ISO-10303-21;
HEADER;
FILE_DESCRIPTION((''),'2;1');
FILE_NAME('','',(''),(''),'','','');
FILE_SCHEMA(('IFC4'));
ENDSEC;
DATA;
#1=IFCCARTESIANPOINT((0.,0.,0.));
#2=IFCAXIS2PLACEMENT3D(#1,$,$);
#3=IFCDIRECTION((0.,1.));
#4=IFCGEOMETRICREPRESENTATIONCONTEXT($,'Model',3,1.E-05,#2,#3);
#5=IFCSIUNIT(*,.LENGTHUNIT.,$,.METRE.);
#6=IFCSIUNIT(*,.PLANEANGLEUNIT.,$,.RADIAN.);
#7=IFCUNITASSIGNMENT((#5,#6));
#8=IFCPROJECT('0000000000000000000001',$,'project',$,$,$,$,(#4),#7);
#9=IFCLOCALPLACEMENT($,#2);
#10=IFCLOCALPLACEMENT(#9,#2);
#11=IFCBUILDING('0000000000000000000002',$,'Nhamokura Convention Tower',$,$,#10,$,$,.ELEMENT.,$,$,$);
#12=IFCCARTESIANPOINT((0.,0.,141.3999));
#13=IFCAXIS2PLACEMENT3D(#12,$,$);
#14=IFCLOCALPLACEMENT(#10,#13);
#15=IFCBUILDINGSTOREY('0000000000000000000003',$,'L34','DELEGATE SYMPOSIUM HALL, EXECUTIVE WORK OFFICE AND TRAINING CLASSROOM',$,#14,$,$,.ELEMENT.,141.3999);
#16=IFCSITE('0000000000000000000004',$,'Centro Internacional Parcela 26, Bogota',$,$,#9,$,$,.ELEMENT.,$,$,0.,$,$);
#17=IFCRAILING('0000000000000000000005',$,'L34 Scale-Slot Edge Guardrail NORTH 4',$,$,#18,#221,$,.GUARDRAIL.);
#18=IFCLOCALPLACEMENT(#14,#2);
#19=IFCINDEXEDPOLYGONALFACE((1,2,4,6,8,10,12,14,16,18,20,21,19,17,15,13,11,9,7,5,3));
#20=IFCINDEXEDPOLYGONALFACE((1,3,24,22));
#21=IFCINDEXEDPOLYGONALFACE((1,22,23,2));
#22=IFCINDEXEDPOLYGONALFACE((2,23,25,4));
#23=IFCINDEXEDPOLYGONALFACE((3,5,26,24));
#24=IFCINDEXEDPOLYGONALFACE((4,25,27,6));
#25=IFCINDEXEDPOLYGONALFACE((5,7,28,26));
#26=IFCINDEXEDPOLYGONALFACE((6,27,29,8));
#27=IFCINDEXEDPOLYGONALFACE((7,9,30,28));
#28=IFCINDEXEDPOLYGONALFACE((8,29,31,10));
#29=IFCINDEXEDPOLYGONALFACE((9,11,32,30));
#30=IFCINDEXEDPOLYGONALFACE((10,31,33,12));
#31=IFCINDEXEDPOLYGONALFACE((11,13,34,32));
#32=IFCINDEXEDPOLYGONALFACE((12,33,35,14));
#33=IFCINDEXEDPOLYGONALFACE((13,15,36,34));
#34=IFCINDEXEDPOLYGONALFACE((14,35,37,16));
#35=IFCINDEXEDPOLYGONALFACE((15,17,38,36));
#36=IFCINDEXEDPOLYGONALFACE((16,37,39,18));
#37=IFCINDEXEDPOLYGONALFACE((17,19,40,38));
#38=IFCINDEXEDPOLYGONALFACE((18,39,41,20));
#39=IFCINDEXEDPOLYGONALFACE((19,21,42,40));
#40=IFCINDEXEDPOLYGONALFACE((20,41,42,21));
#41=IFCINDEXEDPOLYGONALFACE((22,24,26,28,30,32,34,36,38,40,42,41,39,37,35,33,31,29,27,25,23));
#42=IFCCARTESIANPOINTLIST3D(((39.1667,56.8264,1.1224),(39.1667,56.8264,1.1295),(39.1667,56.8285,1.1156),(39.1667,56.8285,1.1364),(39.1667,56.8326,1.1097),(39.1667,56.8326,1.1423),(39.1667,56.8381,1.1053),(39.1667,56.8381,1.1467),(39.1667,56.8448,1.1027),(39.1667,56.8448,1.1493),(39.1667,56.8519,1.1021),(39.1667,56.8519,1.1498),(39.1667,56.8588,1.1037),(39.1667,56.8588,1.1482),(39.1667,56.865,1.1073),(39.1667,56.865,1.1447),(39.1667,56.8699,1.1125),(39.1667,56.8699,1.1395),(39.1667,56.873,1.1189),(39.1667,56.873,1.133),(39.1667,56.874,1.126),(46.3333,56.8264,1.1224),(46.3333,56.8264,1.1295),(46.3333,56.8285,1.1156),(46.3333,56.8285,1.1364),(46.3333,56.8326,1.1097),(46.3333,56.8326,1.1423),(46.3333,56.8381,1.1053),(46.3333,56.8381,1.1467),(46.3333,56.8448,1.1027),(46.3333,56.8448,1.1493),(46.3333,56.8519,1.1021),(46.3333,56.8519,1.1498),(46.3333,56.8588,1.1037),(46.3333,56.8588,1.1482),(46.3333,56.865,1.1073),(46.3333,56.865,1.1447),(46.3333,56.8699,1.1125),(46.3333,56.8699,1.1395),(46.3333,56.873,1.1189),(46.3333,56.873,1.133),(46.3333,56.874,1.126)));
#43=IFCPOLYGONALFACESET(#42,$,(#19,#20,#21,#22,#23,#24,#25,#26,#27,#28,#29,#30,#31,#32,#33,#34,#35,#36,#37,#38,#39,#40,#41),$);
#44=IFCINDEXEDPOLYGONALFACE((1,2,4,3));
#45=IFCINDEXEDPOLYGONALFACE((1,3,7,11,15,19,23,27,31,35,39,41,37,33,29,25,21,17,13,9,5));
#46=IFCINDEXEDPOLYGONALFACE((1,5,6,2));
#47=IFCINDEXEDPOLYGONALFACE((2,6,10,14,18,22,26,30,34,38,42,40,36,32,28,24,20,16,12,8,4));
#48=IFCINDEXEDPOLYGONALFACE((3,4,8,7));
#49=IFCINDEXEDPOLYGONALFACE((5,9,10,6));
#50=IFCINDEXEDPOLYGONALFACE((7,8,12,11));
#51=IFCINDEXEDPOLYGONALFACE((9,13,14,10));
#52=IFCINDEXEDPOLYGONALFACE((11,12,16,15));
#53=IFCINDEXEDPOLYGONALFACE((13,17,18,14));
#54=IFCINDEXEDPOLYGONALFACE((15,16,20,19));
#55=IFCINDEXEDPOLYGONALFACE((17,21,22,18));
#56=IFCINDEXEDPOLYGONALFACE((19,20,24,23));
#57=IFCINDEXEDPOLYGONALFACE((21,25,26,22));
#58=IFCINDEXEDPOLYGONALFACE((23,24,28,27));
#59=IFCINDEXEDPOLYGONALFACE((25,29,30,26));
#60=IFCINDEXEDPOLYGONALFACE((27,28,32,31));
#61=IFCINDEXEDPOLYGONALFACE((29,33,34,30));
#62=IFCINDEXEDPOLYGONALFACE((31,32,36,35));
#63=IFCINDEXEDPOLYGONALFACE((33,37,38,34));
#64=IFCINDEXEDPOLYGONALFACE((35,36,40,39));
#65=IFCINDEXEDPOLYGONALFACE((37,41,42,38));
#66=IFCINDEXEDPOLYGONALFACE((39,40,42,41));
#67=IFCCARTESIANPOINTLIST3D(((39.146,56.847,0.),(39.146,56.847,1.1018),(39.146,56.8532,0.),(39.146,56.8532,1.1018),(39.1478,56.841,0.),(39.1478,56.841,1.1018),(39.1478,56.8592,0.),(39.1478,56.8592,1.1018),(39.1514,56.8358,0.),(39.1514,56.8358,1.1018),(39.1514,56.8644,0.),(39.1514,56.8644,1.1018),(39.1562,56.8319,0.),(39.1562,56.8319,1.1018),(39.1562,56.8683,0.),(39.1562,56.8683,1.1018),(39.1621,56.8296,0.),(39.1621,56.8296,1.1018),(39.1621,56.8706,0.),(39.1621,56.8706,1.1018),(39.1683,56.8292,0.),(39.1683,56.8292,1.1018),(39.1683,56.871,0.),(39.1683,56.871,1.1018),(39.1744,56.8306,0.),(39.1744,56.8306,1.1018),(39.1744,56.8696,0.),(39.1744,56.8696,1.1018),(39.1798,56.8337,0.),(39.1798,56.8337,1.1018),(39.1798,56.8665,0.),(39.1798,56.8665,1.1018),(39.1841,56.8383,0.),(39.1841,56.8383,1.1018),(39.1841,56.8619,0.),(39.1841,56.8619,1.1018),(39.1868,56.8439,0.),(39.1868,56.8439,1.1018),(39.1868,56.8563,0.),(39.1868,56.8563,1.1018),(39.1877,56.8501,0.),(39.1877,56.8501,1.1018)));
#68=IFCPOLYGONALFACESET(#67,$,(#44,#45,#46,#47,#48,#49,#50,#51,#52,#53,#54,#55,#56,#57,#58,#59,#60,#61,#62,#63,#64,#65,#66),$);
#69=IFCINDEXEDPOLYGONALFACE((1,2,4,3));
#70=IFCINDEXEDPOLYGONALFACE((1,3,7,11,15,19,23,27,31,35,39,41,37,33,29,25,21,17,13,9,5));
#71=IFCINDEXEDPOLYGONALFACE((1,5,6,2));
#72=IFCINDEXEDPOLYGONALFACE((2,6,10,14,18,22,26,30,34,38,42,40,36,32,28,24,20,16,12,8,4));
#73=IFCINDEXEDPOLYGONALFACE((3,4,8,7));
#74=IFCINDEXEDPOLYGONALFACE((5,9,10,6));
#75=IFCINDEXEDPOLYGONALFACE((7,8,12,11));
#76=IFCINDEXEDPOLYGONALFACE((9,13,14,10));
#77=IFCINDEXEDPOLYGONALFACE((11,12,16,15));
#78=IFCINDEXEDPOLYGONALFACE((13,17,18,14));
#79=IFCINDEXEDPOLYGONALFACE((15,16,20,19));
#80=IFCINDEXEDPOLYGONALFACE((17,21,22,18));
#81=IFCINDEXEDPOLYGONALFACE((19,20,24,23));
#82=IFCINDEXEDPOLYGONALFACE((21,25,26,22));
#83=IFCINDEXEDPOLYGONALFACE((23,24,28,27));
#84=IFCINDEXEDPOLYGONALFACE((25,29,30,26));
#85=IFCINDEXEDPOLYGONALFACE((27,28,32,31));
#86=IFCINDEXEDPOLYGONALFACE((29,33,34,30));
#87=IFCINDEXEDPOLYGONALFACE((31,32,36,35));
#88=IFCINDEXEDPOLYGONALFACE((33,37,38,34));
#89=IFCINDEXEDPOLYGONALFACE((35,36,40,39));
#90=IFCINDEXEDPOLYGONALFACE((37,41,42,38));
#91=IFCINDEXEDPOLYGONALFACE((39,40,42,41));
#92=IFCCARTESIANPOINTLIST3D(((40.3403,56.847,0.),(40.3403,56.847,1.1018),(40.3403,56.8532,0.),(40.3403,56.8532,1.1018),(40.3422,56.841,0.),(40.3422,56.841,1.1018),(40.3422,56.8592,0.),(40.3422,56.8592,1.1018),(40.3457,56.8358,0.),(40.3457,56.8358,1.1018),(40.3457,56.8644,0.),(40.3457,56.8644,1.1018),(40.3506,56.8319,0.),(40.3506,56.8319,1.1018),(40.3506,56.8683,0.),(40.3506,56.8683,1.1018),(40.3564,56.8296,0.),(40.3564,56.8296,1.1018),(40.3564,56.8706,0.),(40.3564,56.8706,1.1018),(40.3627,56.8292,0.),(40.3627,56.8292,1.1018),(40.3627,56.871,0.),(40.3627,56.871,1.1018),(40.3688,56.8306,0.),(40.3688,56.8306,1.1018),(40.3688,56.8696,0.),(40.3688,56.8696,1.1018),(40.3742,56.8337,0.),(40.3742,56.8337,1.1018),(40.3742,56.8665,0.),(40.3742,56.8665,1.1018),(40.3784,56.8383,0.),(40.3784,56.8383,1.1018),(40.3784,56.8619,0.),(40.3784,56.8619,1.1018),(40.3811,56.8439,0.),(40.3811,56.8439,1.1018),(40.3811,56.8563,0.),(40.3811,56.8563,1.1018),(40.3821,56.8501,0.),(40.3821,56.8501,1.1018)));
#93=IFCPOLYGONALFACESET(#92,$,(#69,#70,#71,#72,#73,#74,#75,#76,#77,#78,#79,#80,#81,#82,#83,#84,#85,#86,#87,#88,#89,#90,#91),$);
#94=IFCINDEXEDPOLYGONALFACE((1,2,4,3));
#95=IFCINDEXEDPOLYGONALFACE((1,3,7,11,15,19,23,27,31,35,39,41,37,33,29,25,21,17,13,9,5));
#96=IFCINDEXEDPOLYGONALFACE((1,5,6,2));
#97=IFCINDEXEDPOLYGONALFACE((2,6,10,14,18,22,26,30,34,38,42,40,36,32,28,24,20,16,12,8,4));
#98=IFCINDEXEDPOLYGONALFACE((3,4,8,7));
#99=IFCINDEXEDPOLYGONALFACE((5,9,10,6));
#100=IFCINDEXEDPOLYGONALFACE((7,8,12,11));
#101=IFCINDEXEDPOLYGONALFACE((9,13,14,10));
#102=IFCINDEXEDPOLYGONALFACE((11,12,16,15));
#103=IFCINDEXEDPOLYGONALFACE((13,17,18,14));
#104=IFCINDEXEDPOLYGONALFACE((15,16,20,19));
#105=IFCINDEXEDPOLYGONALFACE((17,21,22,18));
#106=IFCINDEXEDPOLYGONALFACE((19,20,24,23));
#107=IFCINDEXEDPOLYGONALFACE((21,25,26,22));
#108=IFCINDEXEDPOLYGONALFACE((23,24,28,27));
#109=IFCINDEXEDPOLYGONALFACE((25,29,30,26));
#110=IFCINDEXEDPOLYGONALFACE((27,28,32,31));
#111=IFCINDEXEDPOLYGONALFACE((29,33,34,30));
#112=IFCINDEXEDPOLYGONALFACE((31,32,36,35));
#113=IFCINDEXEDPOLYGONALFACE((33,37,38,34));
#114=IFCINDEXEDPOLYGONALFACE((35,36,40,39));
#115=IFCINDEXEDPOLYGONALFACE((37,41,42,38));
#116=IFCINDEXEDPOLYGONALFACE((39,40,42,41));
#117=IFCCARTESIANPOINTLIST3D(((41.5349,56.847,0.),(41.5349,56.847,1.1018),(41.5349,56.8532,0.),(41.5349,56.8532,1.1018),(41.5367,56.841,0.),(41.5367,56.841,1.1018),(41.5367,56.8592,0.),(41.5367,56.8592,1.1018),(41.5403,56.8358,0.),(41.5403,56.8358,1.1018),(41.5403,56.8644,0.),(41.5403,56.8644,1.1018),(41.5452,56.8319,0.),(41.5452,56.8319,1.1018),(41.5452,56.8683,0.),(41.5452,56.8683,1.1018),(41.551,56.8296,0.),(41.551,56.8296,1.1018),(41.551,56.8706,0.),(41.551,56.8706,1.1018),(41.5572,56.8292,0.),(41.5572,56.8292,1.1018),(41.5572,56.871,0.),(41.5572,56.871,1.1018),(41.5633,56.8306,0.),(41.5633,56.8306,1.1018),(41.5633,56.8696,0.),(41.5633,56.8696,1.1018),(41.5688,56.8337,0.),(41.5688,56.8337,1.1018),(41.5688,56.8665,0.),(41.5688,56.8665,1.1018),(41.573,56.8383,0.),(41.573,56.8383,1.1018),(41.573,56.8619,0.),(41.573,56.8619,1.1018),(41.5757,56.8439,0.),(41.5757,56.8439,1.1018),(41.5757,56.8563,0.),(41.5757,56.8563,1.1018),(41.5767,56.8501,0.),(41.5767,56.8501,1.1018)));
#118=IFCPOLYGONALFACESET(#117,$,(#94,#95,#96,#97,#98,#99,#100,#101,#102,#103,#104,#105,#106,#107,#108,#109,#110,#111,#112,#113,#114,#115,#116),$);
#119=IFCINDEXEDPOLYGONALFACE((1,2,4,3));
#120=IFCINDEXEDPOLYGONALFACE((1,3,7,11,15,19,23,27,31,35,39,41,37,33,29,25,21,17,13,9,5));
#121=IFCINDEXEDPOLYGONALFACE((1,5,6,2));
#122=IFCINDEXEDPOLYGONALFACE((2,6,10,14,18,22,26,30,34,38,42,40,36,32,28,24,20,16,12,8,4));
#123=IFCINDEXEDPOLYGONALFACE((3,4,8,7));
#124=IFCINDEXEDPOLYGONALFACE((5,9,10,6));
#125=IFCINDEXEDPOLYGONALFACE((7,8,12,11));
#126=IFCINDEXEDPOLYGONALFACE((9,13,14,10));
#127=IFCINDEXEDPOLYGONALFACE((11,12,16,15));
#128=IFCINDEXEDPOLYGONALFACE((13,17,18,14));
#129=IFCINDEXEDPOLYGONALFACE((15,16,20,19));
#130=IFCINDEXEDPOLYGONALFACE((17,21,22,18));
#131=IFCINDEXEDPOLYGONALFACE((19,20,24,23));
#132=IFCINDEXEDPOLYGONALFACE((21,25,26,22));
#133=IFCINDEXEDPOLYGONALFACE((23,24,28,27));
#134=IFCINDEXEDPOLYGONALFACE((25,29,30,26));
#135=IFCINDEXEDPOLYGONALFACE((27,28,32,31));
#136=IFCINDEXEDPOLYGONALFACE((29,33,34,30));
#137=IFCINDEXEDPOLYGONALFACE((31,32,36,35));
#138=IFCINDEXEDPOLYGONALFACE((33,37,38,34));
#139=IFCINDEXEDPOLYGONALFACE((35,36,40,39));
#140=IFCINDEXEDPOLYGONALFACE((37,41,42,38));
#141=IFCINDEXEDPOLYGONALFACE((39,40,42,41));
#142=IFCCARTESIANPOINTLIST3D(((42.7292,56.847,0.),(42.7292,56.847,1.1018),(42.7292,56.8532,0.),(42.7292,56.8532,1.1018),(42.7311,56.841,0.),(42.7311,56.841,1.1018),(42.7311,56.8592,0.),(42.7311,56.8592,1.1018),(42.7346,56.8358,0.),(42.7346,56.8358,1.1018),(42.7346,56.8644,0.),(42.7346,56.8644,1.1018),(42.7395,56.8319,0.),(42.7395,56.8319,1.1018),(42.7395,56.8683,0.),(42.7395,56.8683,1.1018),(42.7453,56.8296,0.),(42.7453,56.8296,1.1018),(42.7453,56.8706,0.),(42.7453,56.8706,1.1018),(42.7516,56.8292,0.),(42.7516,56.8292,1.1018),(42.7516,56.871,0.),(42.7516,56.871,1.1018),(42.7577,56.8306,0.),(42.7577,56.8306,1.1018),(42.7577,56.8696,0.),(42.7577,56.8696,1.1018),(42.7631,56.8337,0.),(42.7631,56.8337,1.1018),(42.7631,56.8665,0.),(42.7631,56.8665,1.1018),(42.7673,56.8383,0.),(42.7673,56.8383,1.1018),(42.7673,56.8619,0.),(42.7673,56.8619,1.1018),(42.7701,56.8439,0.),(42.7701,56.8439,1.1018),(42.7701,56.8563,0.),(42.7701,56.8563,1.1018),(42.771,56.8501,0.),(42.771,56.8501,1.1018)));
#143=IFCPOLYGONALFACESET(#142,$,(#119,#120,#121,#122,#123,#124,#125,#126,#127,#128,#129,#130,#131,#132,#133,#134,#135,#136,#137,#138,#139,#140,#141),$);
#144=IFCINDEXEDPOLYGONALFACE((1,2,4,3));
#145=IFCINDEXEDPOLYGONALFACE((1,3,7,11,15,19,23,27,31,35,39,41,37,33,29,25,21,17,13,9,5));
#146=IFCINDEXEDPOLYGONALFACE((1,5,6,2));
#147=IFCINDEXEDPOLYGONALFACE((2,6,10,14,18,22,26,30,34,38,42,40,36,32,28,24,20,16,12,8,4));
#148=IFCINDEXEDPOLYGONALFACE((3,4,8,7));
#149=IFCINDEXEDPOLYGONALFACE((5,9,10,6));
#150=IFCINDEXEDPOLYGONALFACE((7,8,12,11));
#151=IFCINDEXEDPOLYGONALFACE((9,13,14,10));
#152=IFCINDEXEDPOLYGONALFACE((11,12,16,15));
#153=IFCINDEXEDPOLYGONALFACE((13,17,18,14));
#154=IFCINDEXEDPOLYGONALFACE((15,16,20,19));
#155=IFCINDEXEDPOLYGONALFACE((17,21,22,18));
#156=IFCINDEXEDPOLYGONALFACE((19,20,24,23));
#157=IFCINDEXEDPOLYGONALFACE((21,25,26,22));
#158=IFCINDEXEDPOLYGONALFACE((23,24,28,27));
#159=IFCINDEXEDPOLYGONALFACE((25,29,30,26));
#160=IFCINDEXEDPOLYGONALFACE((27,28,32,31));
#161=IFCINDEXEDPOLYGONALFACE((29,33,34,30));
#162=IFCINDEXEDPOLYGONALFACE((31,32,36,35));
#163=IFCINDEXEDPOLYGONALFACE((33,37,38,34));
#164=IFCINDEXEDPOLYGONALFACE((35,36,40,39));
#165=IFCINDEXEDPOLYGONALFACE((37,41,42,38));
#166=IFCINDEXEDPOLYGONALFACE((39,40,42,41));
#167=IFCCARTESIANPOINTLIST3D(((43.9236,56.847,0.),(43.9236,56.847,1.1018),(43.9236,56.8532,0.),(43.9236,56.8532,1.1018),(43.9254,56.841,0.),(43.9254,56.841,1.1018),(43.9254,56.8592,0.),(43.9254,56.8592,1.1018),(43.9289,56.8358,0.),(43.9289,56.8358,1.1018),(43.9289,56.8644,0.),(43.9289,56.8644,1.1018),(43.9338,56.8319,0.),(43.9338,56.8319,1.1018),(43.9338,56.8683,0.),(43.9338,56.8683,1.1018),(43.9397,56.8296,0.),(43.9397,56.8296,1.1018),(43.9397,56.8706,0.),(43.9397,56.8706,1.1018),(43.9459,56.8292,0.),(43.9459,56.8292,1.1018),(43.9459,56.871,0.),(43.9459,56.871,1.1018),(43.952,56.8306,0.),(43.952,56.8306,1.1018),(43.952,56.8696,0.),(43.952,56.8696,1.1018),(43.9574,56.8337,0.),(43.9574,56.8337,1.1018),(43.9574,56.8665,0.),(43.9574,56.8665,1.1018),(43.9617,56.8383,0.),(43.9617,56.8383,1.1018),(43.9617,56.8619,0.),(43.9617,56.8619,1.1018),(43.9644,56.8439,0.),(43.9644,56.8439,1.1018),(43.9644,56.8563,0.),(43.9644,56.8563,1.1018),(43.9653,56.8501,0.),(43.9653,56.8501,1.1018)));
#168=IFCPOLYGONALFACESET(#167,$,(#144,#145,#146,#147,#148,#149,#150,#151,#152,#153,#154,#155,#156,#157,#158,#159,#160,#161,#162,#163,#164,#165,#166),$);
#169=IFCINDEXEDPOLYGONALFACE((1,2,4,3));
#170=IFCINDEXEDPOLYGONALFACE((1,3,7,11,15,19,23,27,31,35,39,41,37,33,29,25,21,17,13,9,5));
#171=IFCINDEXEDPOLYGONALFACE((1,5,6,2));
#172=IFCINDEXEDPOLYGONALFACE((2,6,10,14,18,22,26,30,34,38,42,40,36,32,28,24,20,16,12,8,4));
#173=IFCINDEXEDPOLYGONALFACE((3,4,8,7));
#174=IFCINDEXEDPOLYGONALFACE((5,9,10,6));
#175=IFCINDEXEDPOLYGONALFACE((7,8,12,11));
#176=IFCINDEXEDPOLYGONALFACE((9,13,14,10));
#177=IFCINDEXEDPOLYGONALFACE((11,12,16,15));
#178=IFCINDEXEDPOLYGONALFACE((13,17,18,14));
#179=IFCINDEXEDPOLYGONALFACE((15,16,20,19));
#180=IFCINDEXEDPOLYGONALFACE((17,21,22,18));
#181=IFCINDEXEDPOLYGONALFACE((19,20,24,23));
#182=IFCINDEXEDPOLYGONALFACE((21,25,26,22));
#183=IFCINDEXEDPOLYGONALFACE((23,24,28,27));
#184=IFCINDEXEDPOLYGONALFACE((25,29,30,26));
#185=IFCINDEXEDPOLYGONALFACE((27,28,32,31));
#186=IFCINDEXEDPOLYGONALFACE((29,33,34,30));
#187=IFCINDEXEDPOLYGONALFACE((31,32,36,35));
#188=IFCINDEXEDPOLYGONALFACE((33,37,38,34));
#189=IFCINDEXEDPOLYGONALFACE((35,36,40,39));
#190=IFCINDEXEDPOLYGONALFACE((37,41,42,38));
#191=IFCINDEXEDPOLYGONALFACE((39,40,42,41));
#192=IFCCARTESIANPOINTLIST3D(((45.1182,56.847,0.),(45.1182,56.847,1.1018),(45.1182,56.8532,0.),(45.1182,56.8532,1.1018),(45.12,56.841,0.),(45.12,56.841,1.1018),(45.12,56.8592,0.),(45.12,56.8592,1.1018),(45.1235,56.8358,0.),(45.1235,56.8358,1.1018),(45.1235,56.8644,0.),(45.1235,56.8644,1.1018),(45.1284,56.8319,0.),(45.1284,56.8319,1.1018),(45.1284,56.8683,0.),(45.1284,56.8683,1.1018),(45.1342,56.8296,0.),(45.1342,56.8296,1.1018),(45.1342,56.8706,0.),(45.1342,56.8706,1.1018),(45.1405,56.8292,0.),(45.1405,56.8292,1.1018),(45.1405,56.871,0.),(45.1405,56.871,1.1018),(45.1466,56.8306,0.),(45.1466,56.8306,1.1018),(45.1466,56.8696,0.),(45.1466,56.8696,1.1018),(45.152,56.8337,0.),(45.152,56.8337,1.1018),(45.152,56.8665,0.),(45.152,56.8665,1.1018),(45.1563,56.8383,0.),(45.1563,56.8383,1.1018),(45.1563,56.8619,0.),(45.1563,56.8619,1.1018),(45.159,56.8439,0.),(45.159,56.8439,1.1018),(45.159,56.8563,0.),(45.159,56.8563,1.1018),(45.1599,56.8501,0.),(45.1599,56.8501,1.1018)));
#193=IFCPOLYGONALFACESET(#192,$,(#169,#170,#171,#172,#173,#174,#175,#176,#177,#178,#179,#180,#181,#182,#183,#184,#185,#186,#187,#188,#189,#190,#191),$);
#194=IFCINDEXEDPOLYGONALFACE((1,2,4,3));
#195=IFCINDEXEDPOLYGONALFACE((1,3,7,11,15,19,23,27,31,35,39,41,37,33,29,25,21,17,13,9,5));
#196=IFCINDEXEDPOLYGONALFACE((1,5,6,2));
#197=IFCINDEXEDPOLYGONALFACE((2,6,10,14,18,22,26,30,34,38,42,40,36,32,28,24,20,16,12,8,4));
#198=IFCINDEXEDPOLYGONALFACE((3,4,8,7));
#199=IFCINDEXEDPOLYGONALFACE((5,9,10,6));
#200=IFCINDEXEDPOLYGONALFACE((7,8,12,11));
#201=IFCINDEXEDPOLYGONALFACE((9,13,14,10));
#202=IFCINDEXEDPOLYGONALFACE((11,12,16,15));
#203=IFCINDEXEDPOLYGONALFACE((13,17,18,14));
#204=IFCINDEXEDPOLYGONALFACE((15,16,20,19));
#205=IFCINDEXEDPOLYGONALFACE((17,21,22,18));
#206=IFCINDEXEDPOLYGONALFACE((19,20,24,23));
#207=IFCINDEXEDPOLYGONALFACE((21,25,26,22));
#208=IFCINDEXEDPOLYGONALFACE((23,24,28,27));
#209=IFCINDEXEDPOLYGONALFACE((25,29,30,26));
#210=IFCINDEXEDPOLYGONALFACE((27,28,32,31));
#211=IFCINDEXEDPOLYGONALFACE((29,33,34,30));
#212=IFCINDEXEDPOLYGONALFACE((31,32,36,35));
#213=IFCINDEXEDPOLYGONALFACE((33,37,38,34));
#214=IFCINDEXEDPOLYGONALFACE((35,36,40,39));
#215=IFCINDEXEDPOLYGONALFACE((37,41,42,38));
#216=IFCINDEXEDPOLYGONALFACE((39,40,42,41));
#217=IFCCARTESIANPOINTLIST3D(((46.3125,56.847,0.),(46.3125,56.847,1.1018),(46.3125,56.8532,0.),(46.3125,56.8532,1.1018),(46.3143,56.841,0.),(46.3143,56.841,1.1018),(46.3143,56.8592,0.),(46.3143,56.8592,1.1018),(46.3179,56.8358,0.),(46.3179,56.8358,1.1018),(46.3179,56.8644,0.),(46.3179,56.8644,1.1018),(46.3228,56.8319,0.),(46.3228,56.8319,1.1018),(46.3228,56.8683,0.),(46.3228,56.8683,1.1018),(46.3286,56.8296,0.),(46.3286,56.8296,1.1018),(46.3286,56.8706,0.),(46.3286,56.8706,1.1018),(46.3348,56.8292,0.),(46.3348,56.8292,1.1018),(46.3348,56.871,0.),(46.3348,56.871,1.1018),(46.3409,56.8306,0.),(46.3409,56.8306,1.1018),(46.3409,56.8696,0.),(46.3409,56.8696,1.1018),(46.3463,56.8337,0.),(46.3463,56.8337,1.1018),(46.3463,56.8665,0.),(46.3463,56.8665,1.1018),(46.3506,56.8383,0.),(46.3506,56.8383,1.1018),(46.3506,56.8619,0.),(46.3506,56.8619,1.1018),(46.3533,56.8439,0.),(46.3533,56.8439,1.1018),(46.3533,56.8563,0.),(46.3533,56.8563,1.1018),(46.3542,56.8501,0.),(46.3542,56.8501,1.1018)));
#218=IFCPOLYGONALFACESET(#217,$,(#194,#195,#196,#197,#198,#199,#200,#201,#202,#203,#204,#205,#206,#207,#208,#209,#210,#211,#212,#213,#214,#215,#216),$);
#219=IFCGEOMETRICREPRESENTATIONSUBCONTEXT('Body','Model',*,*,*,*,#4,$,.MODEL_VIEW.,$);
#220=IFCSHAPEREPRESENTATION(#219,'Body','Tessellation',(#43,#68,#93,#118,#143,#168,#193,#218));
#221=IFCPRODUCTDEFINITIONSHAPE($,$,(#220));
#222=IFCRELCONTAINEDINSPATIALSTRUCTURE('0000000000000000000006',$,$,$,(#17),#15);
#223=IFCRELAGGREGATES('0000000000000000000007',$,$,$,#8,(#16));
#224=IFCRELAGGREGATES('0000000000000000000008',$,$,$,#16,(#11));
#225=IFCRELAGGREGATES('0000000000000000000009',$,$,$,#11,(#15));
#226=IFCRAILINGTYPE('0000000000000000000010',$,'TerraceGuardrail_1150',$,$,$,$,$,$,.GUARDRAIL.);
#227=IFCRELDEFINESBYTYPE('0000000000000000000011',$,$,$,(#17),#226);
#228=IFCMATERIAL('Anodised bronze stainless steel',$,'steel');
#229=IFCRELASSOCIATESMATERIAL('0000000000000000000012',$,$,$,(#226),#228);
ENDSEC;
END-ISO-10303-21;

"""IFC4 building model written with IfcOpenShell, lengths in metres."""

from ifc_helpers import new_model, si_unit, direction, frame, origin, origin_2d, place, context, subcontext, project, spatial, circle, extrude, material, type_object, element, save


model = new_model("IFC4")

# Units and contexts
model_context = context("Model", 3, precision=1e-05, world=origin(), true_north=direction((0.0, 1.0)))
body_context = subcontext(model_context, "Body", "Model", "MODEL_VIEW")
ifc_project = project(units=[si_unit("LENGTHUNIT", "METRE"), si_unit("PLANEANGLEUNIT", "RADIAN")], contexts=[model_context])

# Site, building, storey
site_placement = place(None, origin())
site = spatial("IfcSite", under=ifc_project, at=site_placement, Name="Centro Internacional Parcela 26, Bogota", CompositionType="ELEMENT", RefElevation=0.0)
building_placement = place(site_placement, origin())
building = spatial("IfcBuilding", under=site, at=building_placement, Name="Nhamokura Convention Tower", CompositionType="ELEMENT")
storey_placement = place(building_placement, frame((0.0, 0.0, 141.3999)))
storey = spatial("IfcBuildingStorey", under=building, at=storey_placement, Name="L34", Description="DELEGATE SYMPOSIUM HALL, EXECUTIVE WORK OFFICE AND TRAINING CLASSROOM", CompositionType="ELEMENT", Elevation=141.3999)

# Railing
ifc_material_1 = material(Name="Anodised bronze stainless steel", Category="steel")
railing_type_1 = type_object("IfcRailingType", Name="TerraceGuardrail_1150", PredefinedType="GUARDRAIL", material=ifc_material_1)
railing_1_placement = place(storey_placement, frame((39.1667, 56.8501, 0.0)))
element("IfcRailing", 1, at=railing_1_placement, inside=storey, type_object=railing_type_1, Name="L34 Scale-Slot Edge Guardrail NORTH 4", PredefinedType="GUARDRAIL", context=body_context, shape_type="SweptSolid", body=[
    extrude(circle(Radius=0.0239, at=origin_2d()), frame((0.0, 0.0, 1.126), z_axis=(1.0, 0.0, 0.0), x_axis=(0.0, 1.0, 0.0)), (0.0, 0.0, 1.0), 7.1665),
    extrude(circle(Radius=0.021, at=origin_2d()), origin(), (0.0, 0.0, 1.0), 1.1018),
    extrude(circle(Radius=0.021, at=origin_2d()), frame((1.1943, 0.0, 0.0)), (0.0, 0.0, 1.0), 1.1018),
    extrude(circle(Radius=0.021, at=origin_2d()), frame((2.3889, 0.0, 0.0)), (0.0, 0.0, 1.0), 1.1018),
    extrude(circle(Radius=0.021, at=origin_2d()), frame((3.5833, 0.0, 0.0)), (0.0, 0.0, 1.0), 1.1018),
    extrude(circle(Radius=0.021, at=origin_2d()), frame((4.7776, 0.0, 0.0)), (0.0, 0.0, 1.0), 1.1018),
    extrude(circle(Radius=0.021, at=origin_2d()), frame((5.9722, 0.0, 0.0)), (0.0, 0.0, 1.0), 1.1018),
    extrude(circle(Radius=0.021, at=origin_2d()), frame((7.1665, 0.0, 0.0)), (0.0, 0.0, 1.0), 1.1018),
])

save(model, "model.ifc")
